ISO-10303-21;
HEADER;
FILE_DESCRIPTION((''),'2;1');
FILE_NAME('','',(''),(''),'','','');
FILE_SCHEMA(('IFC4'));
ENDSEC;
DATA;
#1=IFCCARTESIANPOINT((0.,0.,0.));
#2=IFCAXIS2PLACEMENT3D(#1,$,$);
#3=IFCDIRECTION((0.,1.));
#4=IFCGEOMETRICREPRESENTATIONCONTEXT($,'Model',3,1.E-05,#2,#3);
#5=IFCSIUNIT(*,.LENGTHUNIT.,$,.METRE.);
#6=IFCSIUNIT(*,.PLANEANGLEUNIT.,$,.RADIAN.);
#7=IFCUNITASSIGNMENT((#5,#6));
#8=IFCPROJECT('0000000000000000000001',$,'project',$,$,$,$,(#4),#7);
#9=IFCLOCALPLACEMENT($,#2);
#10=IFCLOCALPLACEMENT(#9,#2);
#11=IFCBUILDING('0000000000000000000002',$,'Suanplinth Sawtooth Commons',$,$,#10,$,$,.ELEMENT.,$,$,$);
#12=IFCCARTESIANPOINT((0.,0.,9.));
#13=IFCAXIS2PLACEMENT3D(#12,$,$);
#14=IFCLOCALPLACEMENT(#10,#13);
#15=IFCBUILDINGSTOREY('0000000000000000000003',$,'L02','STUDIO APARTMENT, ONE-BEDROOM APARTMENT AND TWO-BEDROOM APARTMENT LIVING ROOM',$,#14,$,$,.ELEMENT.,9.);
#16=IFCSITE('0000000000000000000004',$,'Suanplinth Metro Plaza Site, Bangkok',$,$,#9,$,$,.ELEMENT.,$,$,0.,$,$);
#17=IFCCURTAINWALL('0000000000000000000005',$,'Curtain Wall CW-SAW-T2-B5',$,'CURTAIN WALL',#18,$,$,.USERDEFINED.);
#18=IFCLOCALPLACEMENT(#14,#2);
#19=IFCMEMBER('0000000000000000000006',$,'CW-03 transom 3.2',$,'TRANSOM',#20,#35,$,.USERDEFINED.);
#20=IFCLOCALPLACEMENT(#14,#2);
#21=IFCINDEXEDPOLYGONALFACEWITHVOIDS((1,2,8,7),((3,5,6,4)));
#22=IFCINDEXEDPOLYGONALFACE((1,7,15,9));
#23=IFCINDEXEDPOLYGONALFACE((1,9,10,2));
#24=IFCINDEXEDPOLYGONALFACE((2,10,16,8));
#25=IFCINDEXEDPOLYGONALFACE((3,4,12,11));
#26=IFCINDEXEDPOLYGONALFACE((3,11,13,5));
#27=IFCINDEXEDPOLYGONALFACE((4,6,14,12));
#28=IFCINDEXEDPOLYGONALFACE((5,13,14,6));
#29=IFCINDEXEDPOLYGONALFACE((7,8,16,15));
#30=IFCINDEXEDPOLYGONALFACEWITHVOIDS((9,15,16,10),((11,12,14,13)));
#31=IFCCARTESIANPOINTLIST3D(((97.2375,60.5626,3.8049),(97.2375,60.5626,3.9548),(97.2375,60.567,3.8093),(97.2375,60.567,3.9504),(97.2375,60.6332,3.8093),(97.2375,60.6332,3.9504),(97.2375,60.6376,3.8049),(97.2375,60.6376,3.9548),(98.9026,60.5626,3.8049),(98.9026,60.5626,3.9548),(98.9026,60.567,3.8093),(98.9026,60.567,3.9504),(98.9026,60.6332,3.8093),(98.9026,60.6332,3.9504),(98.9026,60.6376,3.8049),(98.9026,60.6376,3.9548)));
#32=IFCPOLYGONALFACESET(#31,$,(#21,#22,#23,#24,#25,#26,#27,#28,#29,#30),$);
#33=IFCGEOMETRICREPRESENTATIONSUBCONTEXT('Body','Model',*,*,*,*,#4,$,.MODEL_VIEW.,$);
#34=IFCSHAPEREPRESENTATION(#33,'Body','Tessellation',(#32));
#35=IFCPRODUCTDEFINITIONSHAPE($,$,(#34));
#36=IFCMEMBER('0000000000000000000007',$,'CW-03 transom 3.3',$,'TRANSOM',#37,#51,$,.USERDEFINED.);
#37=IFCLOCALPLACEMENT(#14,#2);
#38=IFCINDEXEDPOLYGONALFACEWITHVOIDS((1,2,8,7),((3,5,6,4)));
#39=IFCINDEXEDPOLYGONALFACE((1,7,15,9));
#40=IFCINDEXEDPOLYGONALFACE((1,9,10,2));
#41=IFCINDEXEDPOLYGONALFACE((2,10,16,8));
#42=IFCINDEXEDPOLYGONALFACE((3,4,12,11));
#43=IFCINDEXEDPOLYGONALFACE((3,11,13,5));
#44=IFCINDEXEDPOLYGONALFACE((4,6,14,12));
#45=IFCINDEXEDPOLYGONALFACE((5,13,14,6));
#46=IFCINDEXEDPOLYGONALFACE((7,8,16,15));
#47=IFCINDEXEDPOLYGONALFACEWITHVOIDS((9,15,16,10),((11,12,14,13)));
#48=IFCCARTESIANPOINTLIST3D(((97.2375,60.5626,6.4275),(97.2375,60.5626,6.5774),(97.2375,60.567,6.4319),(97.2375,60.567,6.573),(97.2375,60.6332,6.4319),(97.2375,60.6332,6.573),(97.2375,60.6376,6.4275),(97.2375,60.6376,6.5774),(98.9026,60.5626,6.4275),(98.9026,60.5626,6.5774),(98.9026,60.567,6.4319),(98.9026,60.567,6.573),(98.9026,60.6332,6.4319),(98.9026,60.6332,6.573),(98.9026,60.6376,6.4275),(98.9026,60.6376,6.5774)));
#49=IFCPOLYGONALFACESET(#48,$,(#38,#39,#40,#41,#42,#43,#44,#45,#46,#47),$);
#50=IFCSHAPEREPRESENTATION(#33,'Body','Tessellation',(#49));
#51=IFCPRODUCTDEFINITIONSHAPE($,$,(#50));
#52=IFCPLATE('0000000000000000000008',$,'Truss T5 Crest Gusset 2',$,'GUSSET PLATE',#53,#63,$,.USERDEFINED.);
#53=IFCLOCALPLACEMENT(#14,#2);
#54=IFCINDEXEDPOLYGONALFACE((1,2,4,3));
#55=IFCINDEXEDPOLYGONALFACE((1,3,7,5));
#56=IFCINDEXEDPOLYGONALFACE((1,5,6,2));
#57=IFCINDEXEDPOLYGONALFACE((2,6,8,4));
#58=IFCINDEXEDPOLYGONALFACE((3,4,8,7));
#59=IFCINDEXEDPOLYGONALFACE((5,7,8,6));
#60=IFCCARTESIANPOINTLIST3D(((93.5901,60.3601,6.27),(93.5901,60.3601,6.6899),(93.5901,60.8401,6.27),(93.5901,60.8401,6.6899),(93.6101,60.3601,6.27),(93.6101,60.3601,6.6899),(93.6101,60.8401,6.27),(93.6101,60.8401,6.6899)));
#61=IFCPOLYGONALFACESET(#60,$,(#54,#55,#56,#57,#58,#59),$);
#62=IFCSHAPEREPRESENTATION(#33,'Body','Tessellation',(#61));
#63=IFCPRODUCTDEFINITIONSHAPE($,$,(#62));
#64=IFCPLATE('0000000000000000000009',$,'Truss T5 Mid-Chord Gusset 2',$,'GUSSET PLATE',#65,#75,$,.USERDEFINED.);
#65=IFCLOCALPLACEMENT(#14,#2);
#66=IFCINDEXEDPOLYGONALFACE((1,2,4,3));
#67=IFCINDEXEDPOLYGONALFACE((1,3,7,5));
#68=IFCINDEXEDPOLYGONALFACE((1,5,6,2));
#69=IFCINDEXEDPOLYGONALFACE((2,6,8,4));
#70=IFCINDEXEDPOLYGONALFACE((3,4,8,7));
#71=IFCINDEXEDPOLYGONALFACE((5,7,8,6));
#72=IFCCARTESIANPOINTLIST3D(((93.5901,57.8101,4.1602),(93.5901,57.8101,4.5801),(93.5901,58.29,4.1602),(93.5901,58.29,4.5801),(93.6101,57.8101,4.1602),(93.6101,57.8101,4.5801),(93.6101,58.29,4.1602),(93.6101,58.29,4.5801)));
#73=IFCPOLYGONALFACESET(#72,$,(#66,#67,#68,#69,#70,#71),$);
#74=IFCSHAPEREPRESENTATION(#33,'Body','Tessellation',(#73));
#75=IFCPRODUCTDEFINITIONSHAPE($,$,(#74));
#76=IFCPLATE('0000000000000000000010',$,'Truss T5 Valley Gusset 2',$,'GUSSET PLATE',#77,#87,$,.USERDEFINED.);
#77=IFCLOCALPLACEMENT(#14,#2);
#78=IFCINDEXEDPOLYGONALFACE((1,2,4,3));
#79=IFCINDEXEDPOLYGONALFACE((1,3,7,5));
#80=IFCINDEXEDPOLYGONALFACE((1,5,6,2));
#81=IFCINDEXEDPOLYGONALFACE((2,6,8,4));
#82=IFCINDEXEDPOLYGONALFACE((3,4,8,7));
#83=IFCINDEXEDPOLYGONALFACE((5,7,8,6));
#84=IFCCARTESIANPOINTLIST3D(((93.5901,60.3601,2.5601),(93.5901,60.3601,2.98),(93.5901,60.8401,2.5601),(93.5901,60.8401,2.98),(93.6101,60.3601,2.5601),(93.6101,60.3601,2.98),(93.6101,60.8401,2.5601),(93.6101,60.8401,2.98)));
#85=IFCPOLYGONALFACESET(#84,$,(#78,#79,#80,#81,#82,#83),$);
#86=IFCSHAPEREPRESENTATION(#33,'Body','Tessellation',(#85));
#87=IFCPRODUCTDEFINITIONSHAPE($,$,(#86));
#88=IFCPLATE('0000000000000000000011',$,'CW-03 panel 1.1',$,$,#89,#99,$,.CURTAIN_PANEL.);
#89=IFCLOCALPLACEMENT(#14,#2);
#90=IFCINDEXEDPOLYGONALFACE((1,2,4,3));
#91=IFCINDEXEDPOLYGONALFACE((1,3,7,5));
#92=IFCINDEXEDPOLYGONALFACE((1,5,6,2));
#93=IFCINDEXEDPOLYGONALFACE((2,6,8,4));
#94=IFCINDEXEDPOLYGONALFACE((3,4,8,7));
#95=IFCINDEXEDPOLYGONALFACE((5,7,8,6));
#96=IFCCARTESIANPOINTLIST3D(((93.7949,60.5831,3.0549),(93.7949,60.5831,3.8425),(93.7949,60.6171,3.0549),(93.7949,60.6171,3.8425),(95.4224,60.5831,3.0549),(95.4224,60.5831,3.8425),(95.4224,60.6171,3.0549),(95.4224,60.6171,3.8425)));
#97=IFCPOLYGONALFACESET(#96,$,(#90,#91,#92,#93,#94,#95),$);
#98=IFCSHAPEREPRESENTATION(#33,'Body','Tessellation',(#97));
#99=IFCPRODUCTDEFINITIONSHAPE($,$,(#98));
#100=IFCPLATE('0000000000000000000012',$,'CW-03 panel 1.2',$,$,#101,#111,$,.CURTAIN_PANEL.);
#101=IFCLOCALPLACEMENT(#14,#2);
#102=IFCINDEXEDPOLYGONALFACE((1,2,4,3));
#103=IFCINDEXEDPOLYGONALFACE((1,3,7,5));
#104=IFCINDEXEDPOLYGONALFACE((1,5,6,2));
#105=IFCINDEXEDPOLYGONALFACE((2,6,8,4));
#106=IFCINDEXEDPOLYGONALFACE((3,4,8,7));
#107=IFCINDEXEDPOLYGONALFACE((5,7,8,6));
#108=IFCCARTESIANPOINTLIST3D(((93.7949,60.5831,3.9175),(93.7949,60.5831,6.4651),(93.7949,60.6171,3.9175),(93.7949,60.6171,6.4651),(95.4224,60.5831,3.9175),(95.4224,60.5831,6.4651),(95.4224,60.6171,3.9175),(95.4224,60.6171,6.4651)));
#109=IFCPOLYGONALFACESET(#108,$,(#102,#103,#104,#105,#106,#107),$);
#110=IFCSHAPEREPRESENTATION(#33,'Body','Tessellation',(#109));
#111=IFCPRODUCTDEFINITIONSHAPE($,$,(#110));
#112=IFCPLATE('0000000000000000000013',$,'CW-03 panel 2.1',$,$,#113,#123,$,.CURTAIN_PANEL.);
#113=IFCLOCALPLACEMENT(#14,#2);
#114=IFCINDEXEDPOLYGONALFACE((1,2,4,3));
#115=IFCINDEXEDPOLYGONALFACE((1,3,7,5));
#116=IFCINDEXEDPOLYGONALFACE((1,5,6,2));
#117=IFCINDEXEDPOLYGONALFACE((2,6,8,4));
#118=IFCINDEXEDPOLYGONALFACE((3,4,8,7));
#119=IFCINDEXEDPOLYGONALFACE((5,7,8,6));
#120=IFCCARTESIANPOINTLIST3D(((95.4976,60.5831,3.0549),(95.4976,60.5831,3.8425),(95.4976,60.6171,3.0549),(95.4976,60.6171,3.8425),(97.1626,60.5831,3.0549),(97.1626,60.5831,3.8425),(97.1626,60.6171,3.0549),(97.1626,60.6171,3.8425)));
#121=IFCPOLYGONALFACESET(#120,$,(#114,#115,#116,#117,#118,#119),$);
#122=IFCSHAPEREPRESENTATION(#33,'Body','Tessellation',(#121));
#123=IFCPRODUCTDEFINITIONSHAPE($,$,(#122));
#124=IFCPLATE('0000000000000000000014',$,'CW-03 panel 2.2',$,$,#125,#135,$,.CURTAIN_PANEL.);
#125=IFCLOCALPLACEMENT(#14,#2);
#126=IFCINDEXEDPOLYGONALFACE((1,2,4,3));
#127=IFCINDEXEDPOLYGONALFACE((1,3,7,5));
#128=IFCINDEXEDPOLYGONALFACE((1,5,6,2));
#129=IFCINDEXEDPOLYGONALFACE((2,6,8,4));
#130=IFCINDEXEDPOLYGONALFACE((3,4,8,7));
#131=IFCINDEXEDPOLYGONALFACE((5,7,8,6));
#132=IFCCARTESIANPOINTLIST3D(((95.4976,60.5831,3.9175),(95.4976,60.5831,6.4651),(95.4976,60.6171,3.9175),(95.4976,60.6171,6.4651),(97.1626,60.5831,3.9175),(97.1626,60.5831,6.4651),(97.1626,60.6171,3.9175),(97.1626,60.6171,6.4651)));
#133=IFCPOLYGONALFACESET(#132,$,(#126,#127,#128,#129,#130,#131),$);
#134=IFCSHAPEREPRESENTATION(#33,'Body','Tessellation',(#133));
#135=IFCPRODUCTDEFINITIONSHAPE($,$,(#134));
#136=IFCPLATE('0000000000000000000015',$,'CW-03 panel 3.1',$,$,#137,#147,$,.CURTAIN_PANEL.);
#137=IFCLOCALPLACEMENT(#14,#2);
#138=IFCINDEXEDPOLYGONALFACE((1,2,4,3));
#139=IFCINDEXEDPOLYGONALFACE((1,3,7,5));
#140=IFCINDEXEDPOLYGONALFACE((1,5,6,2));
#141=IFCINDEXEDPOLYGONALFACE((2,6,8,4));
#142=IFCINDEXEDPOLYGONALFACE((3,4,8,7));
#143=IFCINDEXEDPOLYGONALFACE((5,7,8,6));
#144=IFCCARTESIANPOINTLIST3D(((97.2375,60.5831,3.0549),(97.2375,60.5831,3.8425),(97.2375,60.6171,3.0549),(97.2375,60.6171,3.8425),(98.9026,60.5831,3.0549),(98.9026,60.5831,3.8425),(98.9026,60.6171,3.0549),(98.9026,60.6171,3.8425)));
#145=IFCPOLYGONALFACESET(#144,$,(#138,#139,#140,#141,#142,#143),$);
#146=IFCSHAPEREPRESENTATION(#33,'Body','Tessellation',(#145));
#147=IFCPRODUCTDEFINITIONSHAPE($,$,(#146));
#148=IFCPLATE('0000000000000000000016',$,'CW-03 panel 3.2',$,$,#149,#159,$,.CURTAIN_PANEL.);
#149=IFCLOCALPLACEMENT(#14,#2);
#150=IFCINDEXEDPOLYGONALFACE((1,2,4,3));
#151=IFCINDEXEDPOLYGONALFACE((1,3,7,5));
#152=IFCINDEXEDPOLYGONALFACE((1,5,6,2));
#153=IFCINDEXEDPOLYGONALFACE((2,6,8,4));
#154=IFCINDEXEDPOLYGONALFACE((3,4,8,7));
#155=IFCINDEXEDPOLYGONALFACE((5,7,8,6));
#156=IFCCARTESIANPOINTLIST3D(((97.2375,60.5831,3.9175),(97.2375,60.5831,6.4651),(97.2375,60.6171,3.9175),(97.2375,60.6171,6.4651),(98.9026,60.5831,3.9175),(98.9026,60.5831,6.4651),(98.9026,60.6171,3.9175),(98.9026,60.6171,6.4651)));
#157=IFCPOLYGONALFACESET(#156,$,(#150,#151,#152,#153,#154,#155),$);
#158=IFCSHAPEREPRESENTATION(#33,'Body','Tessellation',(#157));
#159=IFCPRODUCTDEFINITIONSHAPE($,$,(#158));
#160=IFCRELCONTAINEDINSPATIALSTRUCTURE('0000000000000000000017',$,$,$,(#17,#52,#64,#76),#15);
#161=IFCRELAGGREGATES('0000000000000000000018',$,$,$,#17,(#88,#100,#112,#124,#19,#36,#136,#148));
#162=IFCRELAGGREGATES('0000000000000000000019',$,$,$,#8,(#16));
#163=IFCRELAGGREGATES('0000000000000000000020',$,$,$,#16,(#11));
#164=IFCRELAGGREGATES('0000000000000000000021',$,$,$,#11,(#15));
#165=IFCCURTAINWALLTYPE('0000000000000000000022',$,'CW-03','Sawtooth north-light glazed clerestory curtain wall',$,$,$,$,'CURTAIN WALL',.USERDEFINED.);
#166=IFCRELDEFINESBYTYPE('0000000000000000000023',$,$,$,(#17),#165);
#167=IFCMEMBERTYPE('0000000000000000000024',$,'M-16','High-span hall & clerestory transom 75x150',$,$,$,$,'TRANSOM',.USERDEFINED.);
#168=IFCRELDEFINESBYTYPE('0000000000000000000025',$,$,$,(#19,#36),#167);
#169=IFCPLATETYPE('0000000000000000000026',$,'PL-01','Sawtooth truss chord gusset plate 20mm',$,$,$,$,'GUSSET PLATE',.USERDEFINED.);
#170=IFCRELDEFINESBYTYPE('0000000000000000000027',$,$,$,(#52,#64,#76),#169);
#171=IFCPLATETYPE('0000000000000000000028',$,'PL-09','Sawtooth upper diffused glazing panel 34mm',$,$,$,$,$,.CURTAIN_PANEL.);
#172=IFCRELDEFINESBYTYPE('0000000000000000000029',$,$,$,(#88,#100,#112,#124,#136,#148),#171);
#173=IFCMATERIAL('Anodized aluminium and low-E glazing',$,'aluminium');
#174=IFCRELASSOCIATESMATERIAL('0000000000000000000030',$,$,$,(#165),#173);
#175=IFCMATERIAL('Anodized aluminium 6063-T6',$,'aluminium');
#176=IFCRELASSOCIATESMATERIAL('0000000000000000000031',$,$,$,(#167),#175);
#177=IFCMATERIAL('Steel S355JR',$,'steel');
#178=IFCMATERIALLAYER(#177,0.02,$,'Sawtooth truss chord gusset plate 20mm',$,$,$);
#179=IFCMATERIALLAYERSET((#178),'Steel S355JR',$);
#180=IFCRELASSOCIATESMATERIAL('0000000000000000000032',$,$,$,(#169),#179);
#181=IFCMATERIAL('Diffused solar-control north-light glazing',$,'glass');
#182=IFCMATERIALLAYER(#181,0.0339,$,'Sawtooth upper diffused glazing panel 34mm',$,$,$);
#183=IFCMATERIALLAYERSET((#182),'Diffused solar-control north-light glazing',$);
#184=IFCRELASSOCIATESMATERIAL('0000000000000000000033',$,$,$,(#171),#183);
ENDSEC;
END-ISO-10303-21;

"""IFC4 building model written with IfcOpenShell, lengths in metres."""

from ifc_helpers import new_model, si_unit, direction, frame, origin, origin_2d, place, context, subcontext, project, spatial, rectangle, hollow_rectangle, extrude, material, layer, layer_set, material_profile, profile_set, type_object, element, aggregate, save


model = new_model("IFC4")

# Units and contexts
model_context = context("Model", 3, precision=1e-05, world=origin(), true_north=direction((0.0, 1.0)))
body_context = subcontext(model_context, "Body", "Model", "MODEL_VIEW")
ifc_project = project(units=[si_unit("LENGTHUNIT", "METRE"), si_unit("PLANEANGLEUNIT", "RADIAN")], contexts=[model_context])

# Site, building, storey
site_placement = place(None, origin())
site = spatial("IfcSite", under=ifc_project, at=site_placement, Name="Suanplinth Metro Plaza Site, Bangkok", CompositionType="ELEMENT", RefElevation=0.0)
building_placement = place(site_placement, origin())
building = spatial("IfcBuilding", under=site, at=building_placement, Name="Suanplinth Sawtooth Commons", CompositionType="ELEMENT")
storey_placement = place(building_placement, frame((0.0, 0.0, 9.0)))
storey = spatial("IfcBuildingStorey", under=building, at=storey_placement, Name="L02", Description="STUDIO APARTMENT, ONE-BEDROOM APARTMENT AND TWO-BEDROOM APARTMENT LIVING ROOM", CompositionType="ELEMENT", Elevation=9.0)

# Shared definitions
ifc_material_1 = material(Name="Steel S355JR", Category="steel")

# Shared definitions
ifc_material_2 = material(Name="Anodized aluminium and low-E glazing", Category="aluminium")
curtain_wall_type = type_object("IfcCurtainWallType", Name="CW-03", Description="Sawtooth north-light glazed clerestory curtain wall", ElementType="CURTAIN WALL", PredefinedType="USERDEFINED", material=ifc_material_2)
ifc_material_3 = material(Name="Anodized aluminium 6063-T6", Category="aluminium")

# Curtain wall, members
curtain_wall_1_placement = place(storey_placement, origin())
curtain_wall_1 = element("IfcCurtainWall", 1, at=curtain_wall_1_placement, inside=storey, type_object=curtain_wall_type, Name="Curtain Wall CW-SAW-T2-B5", ObjectType="CURTAIN WALL", PredefinedType="USERDEFINED")
ifc_material_profile_1 = material_profile(ifc_material_3, hollow_rectangle(XDim=0.075, YDim=0.1499, WallThickness=0.0044, at=origin_2d()), Name="ALU-TRN 75x150")
ifc_profile_set_1 = profile_set([ifc_material_profile_1], Name="Anodized aluminium 6063-T6")
member_type_1 = type_object("IfcMemberType", Name="M-16", Description="High-span hall & clerestory transom 75x150", ElementType="TRANSOM", PredefinedType="USERDEFINED", material=ifc_profile_set_1)
member_1_placement = place(storey_placement, frame((97.2375, 60.6001, 3.8799), z_axis=(1.0, 0.0, 0.0), x_axis=(0.0, 1.0, 0.0)))
member_1 = element("IfcMember", 2, at=member_1_placement, type_object=member_type_1, Name="CW-03 transom 3.2", ObjectType="TRANSOM", PredefinedType="USERDEFINED", context=body_context, shape_type="SweptSolid", body=[
    extrude(hollow_rectangle(XDim=0.075, YDim=0.1499, WallThickness=0.0044, at=origin_2d()), origin(), (0.0, 0.0, 1.0), 1.665),
])
member_2_placement = place(storey_placement, frame((97.2375, 60.6001, 6.5024), z_axis=(1.0, 0.0, 0.0), x_axis=(0.0, 1.0, 0.0)))
member_2 = element("IfcMember", 3, at=member_2_placement, type_object=member_type_1, Name="CW-03 transom 3.3", ObjectType="TRANSOM", PredefinedType="USERDEFINED", context=body_context, shape_type="SweptSolid", body=[
    extrude(hollow_rectangle(XDim=0.075, YDim=0.1499, WallThickness=0.0044, at=origin_2d()), origin(), (0.0, 0.0, 1.0), 1.665),
])

# Plates
ifc_layer_1 = layer(ifc_material_1, 0.02, Name="Sawtooth truss chord gusset plate 20mm")
ifc_layer_set_1 = layer_set([ifc_layer_1], Name="Steel S355JR")
plate_type_1 = type_object("IfcPlateType", Name="PL-01", Description="Sawtooth truss chord gusset plate 20mm", ElementType="GUSSET PLATE", PredefinedType="USERDEFINED", material=ifc_layer_set_1)
for number, where, z_axis, x_axis, name in (
    (4, (93.6001, 60.6001, 6.27), (0.0, 0.0, 1.0), (1.0, 0.0, 0.0), "Truss T5 Crest Gusset 2"),
    (5, (93.6001, 58.05, 4.1602), (0.0, 0.0, 1.0), (1.0, 0.0, 0.0), "Truss T5 Mid-Chord Gusset 2"),
    (6, (93.6001, 60.6001, 2.5601), (0.0, 0.0, 1.0), (1.0, 0.0, 0.0), "Truss T5 Valley Gusset 2"),
):
    element("IfcPlate", number, at=place(storey_placement, frame(where, z_axis=z_axis, x_axis=x_axis)), inside=storey, type_object=plate_type_1, Name=name, ObjectType="GUSSET PLATE", PredefinedType="USERDEFINED", context=body_context, shape_type="SweptSolid", body=[
        extrude(rectangle(XDim=0.02, YDim=0.48, at=origin_2d()), origin(), (0.0, 0.0, 1.0), 0.4199),
    ])

# Plates
ifc_material_4 = material(Name="Diffused solar-control north-light glazing", Category="glass")
ifc_layer_2 = layer(ifc_material_4, 0.0339, Name="Sawtooth upper diffused glazing panel 34mm")
ifc_layer_set_2 = layer_set([ifc_layer_2], Name="Diffused solar-control north-light glazing")
plate_type_2 = type_object("IfcPlateType", Name="PL-09", Description="Sawtooth upper diffused glazing panel 34mm", PredefinedType="CURTAIN_PANEL", material=ifc_layer_set_2)
plate_1_placement = place(storey_placement, frame((94.6086, 60.6001, 3.0549), z_axis=(0.0, 0.0, 1.0), x_axis=(1.0, 0.0, 0.0)))
plate_1 = element("IfcPlate", 7, at=plate_1_placement, type_object=plate_type_2, Name="CW-03 panel 1.1", PredefinedType="CURTAIN_PANEL", context=body_context, shape_type="SweptSolid", body=[
    extrude(rectangle(XDim=1.6274, YDim=0.0339, at=origin_2d()), origin(), (0.0, 0.0, 1.0), 0.7876),
])
plate_2_placement = place(storey_placement, frame((94.6086, 60.6001, 3.9175), z_axis=(0.0, 0.0, 1.0), x_axis=(1.0, 0.0, 0.0)))
plate_2 = element("IfcPlate", 8, at=plate_2_placement, type_object=plate_type_2, Name="CW-03 panel 1.2", PredefinedType="CURTAIN_PANEL", context=body_context, shape_type="SweptSolid", body=[
    extrude(rectangle(XDim=1.6274, YDim=0.0339, at=origin_2d()), origin(), (0.0, 0.0, 1.0), 2.5476),
])
plate_3_placement = place(storey_placement, frame((96.3301, 60.6001, 3.0549), z_axis=(0.0, 0.0, 1.0), x_axis=(1.0, 0.0, 0.0)))
plate_3 = element("IfcPlate", 9, at=plate_3_placement, type_object=plate_type_2, Name="CW-03 panel 2.1", PredefinedType="CURTAIN_PANEL", context=body_context, shape_type="SweptSolid", body=[
    extrude(rectangle(XDim=1.665, YDim=0.0339, at=origin_2d()), origin(), (0.0, 0.0, 1.0), 0.7876),
])
plate_4_placement = place(storey_placement, frame((96.3301, 60.6001, 3.9175), z_axis=(0.0, 0.0, 1.0), x_axis=(1.0, 0.0, 0.0)))
plate_4 = element("IfcPlate", 10, at=plate_4_placement, type_object=plate_type_2, Name="CW-03 panel 2.2", PredefinedType="CURTAIN_PANEL", context=body_context, shape_type="SweptSolid", body=[
    extrude(rectangle(XDim=1.665, YDim=0.0339, at=origin_2d()), origin(), (0.0, 0.0, 1.0), 2.5476),
])
plate_5_placement = place(storey_placement, frame((98.0701, 60.6001, 3.0549), z_axis=(0.0, 0.0, 1.0), x_axis=(1.0, 0.0, 0.0)))
plate_5 = element("IfcPlate", 11, at=plate_5_placement, type_object=plate_type_2, Name="CW-03 panel 3.1", PredefinedType="CURTAIN_PANEL", context=body_context, shape_type="SweptSolid", body=[
    extrude(rectangle(XDim=1.665, YDim=0.0339, at=origin_2d()), origin(), (0.0, 0.0, 1.0), 0.7876),
])
plate_6_placement = place(storey_placement, frame((98.0701, 60.6001, 3.9175), z_axis=(0.0, 0.0, 1.0), x_axis=(1.0, 0.0, 0.0)))
plate_6 = element("IfcPlate", 12, at=plate_6_placement, type_object=plate_type_2, Name="CW-03 panel 3.2", PredefinedType="CURTAIN_PANEL", context=body_context, shape_type="SweptSolid", body=[
    extrude(rectangle(XDim=1.665, YDim=0.0339, at=origin_2d()), origin(), (0.0, 0.0, 1.0), 2.5476),
])
aggregate(curtain_wall_1, [plate_1, plate_2, plate_3, plate_4, member_1, member_2, plate_5, plate_6])

save(model, "model.ifc")
